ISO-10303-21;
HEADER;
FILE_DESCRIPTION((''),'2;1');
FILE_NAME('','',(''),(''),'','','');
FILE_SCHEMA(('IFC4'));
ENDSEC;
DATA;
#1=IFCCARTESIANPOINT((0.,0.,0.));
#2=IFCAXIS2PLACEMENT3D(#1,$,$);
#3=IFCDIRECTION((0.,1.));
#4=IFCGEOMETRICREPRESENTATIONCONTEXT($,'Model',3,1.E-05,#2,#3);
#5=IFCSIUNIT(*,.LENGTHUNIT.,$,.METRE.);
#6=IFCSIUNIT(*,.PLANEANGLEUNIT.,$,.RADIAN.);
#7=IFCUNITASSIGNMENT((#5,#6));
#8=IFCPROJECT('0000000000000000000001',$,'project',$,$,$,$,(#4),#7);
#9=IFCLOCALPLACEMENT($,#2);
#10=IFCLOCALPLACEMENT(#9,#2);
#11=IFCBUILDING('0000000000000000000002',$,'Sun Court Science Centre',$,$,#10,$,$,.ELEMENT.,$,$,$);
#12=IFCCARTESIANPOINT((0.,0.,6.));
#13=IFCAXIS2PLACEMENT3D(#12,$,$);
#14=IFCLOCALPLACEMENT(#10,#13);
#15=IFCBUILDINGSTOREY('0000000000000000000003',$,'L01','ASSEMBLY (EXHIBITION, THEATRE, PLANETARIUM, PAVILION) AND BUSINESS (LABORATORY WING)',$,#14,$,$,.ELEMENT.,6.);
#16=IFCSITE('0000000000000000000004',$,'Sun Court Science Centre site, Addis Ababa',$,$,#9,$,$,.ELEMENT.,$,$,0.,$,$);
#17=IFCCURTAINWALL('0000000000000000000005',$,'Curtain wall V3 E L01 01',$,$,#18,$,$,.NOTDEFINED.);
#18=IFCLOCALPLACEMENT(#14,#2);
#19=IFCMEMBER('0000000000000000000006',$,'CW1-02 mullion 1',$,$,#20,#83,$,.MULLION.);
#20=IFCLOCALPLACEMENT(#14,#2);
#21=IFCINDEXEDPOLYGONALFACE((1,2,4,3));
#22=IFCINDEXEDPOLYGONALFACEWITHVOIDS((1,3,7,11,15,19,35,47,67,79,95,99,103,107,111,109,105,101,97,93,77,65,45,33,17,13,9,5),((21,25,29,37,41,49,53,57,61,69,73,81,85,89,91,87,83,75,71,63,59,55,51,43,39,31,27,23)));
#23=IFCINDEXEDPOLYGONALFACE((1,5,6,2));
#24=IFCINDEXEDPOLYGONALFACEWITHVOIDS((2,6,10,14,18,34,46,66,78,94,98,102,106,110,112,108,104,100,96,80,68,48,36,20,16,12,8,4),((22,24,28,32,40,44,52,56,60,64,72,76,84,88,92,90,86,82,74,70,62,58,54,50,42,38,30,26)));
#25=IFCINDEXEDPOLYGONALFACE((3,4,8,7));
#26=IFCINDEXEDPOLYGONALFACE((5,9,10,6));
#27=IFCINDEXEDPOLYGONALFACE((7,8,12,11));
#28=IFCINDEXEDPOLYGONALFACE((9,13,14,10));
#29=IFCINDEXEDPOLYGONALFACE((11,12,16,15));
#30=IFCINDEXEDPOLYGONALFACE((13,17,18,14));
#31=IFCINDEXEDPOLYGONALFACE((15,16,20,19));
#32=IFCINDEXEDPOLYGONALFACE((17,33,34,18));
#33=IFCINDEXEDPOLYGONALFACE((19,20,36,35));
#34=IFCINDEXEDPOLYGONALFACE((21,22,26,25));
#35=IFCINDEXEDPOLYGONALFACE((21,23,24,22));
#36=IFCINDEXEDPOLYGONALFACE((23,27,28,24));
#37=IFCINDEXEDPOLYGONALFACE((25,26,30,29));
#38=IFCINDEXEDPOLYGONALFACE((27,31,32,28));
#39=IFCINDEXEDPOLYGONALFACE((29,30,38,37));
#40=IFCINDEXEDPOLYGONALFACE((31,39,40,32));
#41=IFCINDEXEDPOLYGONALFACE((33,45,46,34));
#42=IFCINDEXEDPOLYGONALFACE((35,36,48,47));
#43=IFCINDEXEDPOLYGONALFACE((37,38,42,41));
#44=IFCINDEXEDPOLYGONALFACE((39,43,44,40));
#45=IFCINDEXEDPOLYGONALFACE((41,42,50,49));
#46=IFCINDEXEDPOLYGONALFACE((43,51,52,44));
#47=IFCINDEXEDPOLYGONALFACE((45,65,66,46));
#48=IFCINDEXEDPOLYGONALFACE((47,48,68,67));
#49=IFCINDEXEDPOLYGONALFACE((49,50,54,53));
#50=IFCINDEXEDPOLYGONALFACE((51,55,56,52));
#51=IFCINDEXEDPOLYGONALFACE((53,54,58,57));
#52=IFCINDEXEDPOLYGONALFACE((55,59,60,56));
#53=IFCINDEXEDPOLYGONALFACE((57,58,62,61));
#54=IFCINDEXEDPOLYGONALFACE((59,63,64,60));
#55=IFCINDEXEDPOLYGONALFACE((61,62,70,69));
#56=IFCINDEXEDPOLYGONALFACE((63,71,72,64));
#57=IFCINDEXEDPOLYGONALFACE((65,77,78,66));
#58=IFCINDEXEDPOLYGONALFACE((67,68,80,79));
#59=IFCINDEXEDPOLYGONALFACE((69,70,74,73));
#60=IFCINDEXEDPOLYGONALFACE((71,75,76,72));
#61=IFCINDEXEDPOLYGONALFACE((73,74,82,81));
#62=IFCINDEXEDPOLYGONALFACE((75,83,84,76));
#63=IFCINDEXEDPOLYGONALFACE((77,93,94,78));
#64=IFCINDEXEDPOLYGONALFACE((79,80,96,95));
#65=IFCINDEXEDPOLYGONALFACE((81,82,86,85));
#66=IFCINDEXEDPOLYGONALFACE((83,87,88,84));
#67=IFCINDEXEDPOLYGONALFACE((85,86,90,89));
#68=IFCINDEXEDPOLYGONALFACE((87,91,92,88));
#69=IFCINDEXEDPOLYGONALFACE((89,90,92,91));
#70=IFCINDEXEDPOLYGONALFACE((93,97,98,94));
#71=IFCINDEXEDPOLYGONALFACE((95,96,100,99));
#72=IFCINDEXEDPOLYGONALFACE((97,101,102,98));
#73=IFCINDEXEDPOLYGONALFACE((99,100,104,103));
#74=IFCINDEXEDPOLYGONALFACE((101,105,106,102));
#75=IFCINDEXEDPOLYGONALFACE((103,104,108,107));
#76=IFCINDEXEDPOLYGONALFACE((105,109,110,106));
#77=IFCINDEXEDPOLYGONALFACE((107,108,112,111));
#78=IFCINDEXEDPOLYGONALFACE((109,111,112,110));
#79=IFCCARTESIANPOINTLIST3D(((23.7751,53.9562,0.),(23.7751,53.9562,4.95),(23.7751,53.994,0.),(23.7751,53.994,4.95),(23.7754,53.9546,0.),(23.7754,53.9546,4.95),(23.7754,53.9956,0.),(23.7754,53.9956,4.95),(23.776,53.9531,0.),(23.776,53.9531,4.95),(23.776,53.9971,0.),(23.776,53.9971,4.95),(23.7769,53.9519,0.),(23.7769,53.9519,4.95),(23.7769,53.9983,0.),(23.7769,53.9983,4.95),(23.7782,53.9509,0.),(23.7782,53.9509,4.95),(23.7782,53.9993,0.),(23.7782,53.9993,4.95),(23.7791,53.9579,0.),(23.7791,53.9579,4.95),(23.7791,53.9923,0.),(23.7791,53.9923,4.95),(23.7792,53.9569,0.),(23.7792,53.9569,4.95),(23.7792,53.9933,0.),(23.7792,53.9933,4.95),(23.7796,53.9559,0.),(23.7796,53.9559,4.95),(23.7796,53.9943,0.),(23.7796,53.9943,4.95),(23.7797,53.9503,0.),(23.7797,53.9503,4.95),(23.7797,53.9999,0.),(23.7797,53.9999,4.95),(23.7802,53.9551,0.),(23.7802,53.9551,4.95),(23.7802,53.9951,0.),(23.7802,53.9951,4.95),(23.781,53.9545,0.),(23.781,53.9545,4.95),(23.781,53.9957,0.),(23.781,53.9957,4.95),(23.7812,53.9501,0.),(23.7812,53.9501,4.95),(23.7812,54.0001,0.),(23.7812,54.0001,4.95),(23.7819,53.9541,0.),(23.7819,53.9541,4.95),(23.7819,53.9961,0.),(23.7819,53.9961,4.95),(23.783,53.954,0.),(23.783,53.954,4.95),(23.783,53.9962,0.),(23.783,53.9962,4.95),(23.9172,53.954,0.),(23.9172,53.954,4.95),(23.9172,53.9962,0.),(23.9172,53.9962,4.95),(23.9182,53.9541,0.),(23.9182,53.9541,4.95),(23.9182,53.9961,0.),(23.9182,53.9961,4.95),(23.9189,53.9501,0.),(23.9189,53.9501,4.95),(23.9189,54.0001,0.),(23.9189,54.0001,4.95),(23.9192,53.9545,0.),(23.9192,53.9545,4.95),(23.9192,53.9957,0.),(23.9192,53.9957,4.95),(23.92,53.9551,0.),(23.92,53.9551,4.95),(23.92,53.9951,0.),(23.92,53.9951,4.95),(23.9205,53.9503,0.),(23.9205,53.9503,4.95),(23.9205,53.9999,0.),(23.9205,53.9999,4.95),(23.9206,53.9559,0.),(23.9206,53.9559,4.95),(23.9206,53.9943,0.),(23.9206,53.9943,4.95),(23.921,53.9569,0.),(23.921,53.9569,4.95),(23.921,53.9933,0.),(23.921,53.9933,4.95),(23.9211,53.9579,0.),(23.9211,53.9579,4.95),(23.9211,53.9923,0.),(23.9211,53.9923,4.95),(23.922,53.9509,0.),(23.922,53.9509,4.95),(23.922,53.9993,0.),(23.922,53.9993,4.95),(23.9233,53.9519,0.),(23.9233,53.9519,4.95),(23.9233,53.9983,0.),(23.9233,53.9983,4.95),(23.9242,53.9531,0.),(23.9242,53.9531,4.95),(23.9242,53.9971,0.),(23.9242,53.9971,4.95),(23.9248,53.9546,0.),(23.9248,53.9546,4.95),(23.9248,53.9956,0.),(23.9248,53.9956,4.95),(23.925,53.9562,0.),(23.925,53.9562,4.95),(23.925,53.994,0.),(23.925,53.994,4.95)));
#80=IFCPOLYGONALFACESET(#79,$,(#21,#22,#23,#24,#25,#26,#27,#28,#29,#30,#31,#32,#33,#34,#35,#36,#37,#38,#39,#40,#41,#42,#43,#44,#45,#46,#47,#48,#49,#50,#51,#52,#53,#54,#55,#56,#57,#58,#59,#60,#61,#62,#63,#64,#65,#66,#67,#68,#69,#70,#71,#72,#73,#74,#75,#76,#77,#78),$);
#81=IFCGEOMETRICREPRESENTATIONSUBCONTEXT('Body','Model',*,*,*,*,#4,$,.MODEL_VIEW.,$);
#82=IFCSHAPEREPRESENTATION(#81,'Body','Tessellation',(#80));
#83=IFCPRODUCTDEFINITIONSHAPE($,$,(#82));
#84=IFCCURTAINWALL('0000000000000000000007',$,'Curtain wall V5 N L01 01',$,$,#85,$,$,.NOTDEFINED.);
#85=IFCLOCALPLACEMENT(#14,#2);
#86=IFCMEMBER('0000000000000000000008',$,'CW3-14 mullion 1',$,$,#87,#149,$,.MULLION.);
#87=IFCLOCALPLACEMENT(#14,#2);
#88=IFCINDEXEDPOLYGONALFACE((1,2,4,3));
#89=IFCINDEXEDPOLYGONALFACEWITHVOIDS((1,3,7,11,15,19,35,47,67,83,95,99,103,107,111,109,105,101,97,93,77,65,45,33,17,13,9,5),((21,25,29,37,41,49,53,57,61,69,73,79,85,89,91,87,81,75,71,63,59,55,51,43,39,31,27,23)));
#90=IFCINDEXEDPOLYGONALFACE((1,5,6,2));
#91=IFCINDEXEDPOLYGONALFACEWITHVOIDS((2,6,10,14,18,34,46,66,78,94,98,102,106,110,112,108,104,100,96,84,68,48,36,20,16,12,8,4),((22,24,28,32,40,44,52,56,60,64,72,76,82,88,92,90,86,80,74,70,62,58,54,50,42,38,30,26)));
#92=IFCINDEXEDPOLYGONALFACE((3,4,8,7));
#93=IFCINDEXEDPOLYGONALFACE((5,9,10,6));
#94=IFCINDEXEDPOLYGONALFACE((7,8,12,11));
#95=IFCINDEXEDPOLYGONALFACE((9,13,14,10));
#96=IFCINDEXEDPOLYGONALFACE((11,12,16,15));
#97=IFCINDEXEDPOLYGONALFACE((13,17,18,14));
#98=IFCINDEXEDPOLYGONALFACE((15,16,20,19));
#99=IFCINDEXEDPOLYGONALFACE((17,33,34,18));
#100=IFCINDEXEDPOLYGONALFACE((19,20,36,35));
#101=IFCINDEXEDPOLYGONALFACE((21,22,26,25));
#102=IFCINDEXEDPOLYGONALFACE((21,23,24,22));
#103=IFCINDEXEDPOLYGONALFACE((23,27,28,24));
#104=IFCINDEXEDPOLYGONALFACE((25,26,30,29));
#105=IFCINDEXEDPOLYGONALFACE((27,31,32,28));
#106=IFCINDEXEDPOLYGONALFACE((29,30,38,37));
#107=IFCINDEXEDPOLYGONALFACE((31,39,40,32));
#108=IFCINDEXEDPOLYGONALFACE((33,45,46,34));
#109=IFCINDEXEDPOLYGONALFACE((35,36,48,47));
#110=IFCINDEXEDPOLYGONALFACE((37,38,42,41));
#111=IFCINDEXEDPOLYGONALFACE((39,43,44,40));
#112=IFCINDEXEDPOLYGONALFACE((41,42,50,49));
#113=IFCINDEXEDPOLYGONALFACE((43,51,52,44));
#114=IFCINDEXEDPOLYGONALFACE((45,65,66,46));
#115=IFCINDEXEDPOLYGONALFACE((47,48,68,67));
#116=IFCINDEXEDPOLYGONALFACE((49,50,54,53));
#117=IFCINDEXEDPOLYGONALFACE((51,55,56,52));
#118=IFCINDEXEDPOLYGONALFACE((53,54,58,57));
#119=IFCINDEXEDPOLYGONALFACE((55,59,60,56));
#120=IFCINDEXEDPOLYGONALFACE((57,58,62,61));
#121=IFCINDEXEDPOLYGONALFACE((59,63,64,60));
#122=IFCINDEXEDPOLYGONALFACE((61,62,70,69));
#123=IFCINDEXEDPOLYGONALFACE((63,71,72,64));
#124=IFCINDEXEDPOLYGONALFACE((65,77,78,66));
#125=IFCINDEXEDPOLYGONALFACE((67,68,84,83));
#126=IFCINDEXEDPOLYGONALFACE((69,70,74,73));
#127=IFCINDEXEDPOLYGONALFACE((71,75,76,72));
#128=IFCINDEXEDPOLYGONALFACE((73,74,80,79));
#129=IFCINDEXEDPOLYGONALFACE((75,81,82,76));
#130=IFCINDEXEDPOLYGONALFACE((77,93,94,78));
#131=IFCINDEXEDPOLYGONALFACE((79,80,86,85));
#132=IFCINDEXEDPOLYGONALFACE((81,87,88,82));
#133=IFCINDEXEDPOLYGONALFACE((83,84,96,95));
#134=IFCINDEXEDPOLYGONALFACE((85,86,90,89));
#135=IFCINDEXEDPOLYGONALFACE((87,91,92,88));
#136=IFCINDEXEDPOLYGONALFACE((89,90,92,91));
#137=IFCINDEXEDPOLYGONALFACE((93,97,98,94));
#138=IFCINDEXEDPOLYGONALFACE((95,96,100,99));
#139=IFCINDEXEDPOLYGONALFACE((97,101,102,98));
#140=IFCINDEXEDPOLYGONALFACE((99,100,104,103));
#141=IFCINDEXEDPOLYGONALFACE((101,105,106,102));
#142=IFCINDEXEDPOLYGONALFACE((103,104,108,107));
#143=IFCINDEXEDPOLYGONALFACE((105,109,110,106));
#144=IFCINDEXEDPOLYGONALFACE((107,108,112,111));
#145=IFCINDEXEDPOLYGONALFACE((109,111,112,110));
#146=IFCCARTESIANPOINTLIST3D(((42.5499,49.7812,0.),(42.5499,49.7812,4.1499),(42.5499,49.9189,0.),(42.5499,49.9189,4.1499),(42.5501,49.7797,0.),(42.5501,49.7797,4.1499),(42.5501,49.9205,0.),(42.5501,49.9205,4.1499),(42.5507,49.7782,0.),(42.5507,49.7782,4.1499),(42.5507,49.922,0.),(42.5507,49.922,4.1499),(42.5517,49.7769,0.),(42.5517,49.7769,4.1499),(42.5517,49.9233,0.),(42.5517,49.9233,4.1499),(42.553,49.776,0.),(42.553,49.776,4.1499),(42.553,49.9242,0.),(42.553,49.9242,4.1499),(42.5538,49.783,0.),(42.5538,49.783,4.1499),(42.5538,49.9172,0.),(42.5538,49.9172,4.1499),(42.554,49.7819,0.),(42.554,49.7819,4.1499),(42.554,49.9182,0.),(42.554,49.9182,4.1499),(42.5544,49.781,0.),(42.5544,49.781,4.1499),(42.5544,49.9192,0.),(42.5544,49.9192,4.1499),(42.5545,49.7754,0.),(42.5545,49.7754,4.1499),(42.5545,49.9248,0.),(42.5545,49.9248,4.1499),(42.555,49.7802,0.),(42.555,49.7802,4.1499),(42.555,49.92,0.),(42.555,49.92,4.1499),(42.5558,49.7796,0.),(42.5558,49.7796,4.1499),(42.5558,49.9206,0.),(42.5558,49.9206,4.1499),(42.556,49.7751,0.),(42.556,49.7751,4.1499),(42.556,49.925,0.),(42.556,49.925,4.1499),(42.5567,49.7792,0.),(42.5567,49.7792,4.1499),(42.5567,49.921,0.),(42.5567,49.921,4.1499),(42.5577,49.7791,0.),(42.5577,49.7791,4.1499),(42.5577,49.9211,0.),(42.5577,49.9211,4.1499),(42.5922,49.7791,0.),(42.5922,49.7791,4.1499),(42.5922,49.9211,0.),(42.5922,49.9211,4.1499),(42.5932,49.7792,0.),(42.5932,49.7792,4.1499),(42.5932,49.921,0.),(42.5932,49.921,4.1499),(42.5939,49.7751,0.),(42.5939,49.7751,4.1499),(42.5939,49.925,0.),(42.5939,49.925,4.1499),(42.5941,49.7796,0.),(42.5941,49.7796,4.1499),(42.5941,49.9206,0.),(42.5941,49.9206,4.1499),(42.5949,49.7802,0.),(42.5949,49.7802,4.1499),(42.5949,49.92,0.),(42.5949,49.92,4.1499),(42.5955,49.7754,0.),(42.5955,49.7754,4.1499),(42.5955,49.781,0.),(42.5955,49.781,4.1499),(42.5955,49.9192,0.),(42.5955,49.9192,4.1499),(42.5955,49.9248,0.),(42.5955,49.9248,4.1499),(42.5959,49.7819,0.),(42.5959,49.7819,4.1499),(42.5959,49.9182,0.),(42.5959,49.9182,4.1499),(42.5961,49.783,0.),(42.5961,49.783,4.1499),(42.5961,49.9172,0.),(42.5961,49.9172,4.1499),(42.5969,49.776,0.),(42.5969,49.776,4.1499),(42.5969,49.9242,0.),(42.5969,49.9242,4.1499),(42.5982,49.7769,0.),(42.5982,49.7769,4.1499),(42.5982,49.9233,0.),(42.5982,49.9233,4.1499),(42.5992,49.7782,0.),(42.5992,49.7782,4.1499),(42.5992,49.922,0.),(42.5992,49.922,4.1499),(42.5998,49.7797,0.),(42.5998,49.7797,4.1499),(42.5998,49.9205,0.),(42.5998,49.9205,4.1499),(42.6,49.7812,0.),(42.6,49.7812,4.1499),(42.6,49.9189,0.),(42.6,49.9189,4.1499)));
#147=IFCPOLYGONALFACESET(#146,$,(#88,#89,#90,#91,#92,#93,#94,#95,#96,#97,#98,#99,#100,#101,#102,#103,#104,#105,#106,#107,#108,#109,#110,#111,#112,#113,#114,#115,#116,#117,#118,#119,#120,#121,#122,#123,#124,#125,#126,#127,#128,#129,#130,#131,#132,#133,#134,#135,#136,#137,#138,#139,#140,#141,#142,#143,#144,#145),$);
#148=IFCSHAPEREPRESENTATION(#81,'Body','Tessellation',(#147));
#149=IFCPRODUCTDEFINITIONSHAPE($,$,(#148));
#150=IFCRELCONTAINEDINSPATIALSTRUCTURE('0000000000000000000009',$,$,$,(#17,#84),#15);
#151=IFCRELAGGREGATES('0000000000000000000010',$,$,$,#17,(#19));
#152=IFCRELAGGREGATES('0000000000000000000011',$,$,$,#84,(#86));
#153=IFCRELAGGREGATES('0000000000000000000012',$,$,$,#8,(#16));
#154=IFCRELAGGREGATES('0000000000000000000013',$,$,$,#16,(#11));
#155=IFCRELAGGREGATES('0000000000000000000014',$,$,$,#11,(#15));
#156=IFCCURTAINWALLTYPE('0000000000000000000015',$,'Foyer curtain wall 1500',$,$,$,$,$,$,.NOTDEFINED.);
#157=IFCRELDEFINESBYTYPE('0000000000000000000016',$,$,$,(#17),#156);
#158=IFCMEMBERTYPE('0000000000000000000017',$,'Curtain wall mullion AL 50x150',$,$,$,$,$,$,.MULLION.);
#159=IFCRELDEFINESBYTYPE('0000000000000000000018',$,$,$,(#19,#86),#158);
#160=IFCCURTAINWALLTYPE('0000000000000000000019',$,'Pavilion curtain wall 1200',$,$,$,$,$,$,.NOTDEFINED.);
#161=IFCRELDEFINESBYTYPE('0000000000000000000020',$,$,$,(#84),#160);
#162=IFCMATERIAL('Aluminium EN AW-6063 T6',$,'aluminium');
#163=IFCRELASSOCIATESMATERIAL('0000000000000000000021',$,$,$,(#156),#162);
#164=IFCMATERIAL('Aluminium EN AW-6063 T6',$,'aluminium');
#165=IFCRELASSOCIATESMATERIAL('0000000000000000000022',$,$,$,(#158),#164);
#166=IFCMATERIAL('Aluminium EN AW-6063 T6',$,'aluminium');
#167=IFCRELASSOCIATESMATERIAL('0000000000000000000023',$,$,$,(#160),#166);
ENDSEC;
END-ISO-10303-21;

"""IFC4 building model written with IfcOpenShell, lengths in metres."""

from ifc_helpers import new_model, si_unit, direction, frame, origin, origin_2d, place, context, subcontext, project, spatial, hollow_rectangle, extrude, material, material_profile, profile_set, type_object, element, aggregate, save


model = new_model("IFC4")

# Units and contexts
model_context = context("Model", 3, precision=1e-05, world=origin(), true_north=direction((0.0, 1.0)))
body_context = subcontext(model_context, "Body", "Model", "MODEL_VIEW")
ifc_project = project(units=[si_unit("LENGTHUNIT", "METRE"), si_unit("PLANEANGLEUNIT", "RADIAN")], contexts=[model_context])

# Site, building, storey
site_placement = place(None, origin())
site = spatial("IfcSite", under=ifc_project, at=site_placement, Name="Sun Court Science Centre site, Addis Ababa", CompositionType="ELEMENT", RefElevation=0.0)
building_placement = place(site_placement, origin())
building = spatial("IfcBuilding", under=site, at=building_placement, Name="Sun Court Science Centre", CompositionType="ELEMENT")
storey_placement = place(building_placement, frame((0.0, 0.0, 6.0)))
storey = spatial("IfcBuildingStorey", under=building, at=storey_placement, Name="L01", Description="ASSEMBLY (EXHIBITION, THEATRE, PLANETARIUM, PAVILION) AND BUSINESS (LABORATORY WING)", CompositionType="ELEMENT", Elevation=6.0)

# Curtain walls, members
ifc_material_1 = material(Name="Aluminium EN AW-6063 T6", Category="aluminium")
curtain_wall_type_1 = type_object("IfcCurtainWallType", Name="Foyer curtain wall 1500", PredefinedType="NOTDEFINED", material=ifc_material_1)
curtain_wall_1_placement = place(storey_placement, origin())
curtain_wall_1 = element("IfcCurtainWall", 1, at=curtain_wall_1_placement, inside=storey, type_object=curtain_wall_type_1, Name="Curtain wall V3 E L01 01", PredefinedType="NOTDEFINED")
ifc_material_2 = material(Name="Aluminium EN AW-6063 T6", Category="aluminium")
ifc_material_profile_1 = material_profile(ifc_material_2, hollow_rectangle(XDim=0.05, YDim=0.1499, WallThickness=0.0039, InnerFilletRadius=0.0039, OuterFilletRadius=0.0061, at=origin_2d()), Name="AL 50x150x4")
ifc_profile_set_1 = profile_set([ifc_material_profile_1], Name="Aluminium EN AW-6063 T6")
member_type_1 = type_object("IfcMemberType", Name="Curtain wall mullion AL 50x150", PredefinedType="MULLION", material=ifc_profile_set_1)
member_1_placement = place(storey_placement, frame((23.8501, 53.9751, 0.0), z_axis=(0.0, 0.0, 1.0), x_axis=(0.0, -1.0, 0.0)))
member_1 = element("IfcMember", 2, at=member_1_placement, type_object=member_type_1, Name="CW1-02 mullion 1", PredefinedType="MULLION", context=body_context, shape_type="SweptSolid", body=[
    extrude(hollow_rectangle(XDim=0.05, YDim=0.1499, WallThickness=0.0039, InnerFilletRadius=0.0039, OuterFilletRadius=0.0061, at=origin_2d()), origin(), (0.0, 0.0, 1.0), 4.95),
])
ifc_material_3 = material(Name="Aluminium EN AW-6063 T6", Category="aluminium")
curtain_wall_type_2 = type_object("IfcCurtainWallType", Name="Pavilion curtain wall 1200", PredefinedType="NOTDEFINED", material=ifc_material_3)
curtain_wall_2_placement = place(storey_placement, origin())
curtain_wall_2 = element("IfcCurtainWall", 3, at=curtain_wall_2_placement, inside=storey, type_object=curtain_wall_type_2, Name="Curtain wall V5 N L01 01", PredefinedType="NOTDEFINED")
member_2_placement = place(storey_placement, frame((42.575, 49.8501, 0.0), z_axis=(0.0, 0.0, 1.0), x_axis=(1.0, 0.0, 0.0)))
member_2 = element("IfcMember", 4, at=member_2_placement, type_object=member_type_1, Name="CW3-14 mullion 1", PredefinedType="MULLION", context=body_context, shape_type="SweptSolid", body=[
    extrude(hollow_rectangle(XDim=0.05, YDim=0.1499, WallThickness=0.0039, InnerFilletRadius=0.0039, OuterFilletRadius=0.0061, at=origin_2d()), origin(), (0.0, 0.0, 1.0), 4.1499),
])

aggregate(curtain_wall_1, [member_1])
aggregate(curtain_wall_2, [member_2])

save(model, "model.ifc")
